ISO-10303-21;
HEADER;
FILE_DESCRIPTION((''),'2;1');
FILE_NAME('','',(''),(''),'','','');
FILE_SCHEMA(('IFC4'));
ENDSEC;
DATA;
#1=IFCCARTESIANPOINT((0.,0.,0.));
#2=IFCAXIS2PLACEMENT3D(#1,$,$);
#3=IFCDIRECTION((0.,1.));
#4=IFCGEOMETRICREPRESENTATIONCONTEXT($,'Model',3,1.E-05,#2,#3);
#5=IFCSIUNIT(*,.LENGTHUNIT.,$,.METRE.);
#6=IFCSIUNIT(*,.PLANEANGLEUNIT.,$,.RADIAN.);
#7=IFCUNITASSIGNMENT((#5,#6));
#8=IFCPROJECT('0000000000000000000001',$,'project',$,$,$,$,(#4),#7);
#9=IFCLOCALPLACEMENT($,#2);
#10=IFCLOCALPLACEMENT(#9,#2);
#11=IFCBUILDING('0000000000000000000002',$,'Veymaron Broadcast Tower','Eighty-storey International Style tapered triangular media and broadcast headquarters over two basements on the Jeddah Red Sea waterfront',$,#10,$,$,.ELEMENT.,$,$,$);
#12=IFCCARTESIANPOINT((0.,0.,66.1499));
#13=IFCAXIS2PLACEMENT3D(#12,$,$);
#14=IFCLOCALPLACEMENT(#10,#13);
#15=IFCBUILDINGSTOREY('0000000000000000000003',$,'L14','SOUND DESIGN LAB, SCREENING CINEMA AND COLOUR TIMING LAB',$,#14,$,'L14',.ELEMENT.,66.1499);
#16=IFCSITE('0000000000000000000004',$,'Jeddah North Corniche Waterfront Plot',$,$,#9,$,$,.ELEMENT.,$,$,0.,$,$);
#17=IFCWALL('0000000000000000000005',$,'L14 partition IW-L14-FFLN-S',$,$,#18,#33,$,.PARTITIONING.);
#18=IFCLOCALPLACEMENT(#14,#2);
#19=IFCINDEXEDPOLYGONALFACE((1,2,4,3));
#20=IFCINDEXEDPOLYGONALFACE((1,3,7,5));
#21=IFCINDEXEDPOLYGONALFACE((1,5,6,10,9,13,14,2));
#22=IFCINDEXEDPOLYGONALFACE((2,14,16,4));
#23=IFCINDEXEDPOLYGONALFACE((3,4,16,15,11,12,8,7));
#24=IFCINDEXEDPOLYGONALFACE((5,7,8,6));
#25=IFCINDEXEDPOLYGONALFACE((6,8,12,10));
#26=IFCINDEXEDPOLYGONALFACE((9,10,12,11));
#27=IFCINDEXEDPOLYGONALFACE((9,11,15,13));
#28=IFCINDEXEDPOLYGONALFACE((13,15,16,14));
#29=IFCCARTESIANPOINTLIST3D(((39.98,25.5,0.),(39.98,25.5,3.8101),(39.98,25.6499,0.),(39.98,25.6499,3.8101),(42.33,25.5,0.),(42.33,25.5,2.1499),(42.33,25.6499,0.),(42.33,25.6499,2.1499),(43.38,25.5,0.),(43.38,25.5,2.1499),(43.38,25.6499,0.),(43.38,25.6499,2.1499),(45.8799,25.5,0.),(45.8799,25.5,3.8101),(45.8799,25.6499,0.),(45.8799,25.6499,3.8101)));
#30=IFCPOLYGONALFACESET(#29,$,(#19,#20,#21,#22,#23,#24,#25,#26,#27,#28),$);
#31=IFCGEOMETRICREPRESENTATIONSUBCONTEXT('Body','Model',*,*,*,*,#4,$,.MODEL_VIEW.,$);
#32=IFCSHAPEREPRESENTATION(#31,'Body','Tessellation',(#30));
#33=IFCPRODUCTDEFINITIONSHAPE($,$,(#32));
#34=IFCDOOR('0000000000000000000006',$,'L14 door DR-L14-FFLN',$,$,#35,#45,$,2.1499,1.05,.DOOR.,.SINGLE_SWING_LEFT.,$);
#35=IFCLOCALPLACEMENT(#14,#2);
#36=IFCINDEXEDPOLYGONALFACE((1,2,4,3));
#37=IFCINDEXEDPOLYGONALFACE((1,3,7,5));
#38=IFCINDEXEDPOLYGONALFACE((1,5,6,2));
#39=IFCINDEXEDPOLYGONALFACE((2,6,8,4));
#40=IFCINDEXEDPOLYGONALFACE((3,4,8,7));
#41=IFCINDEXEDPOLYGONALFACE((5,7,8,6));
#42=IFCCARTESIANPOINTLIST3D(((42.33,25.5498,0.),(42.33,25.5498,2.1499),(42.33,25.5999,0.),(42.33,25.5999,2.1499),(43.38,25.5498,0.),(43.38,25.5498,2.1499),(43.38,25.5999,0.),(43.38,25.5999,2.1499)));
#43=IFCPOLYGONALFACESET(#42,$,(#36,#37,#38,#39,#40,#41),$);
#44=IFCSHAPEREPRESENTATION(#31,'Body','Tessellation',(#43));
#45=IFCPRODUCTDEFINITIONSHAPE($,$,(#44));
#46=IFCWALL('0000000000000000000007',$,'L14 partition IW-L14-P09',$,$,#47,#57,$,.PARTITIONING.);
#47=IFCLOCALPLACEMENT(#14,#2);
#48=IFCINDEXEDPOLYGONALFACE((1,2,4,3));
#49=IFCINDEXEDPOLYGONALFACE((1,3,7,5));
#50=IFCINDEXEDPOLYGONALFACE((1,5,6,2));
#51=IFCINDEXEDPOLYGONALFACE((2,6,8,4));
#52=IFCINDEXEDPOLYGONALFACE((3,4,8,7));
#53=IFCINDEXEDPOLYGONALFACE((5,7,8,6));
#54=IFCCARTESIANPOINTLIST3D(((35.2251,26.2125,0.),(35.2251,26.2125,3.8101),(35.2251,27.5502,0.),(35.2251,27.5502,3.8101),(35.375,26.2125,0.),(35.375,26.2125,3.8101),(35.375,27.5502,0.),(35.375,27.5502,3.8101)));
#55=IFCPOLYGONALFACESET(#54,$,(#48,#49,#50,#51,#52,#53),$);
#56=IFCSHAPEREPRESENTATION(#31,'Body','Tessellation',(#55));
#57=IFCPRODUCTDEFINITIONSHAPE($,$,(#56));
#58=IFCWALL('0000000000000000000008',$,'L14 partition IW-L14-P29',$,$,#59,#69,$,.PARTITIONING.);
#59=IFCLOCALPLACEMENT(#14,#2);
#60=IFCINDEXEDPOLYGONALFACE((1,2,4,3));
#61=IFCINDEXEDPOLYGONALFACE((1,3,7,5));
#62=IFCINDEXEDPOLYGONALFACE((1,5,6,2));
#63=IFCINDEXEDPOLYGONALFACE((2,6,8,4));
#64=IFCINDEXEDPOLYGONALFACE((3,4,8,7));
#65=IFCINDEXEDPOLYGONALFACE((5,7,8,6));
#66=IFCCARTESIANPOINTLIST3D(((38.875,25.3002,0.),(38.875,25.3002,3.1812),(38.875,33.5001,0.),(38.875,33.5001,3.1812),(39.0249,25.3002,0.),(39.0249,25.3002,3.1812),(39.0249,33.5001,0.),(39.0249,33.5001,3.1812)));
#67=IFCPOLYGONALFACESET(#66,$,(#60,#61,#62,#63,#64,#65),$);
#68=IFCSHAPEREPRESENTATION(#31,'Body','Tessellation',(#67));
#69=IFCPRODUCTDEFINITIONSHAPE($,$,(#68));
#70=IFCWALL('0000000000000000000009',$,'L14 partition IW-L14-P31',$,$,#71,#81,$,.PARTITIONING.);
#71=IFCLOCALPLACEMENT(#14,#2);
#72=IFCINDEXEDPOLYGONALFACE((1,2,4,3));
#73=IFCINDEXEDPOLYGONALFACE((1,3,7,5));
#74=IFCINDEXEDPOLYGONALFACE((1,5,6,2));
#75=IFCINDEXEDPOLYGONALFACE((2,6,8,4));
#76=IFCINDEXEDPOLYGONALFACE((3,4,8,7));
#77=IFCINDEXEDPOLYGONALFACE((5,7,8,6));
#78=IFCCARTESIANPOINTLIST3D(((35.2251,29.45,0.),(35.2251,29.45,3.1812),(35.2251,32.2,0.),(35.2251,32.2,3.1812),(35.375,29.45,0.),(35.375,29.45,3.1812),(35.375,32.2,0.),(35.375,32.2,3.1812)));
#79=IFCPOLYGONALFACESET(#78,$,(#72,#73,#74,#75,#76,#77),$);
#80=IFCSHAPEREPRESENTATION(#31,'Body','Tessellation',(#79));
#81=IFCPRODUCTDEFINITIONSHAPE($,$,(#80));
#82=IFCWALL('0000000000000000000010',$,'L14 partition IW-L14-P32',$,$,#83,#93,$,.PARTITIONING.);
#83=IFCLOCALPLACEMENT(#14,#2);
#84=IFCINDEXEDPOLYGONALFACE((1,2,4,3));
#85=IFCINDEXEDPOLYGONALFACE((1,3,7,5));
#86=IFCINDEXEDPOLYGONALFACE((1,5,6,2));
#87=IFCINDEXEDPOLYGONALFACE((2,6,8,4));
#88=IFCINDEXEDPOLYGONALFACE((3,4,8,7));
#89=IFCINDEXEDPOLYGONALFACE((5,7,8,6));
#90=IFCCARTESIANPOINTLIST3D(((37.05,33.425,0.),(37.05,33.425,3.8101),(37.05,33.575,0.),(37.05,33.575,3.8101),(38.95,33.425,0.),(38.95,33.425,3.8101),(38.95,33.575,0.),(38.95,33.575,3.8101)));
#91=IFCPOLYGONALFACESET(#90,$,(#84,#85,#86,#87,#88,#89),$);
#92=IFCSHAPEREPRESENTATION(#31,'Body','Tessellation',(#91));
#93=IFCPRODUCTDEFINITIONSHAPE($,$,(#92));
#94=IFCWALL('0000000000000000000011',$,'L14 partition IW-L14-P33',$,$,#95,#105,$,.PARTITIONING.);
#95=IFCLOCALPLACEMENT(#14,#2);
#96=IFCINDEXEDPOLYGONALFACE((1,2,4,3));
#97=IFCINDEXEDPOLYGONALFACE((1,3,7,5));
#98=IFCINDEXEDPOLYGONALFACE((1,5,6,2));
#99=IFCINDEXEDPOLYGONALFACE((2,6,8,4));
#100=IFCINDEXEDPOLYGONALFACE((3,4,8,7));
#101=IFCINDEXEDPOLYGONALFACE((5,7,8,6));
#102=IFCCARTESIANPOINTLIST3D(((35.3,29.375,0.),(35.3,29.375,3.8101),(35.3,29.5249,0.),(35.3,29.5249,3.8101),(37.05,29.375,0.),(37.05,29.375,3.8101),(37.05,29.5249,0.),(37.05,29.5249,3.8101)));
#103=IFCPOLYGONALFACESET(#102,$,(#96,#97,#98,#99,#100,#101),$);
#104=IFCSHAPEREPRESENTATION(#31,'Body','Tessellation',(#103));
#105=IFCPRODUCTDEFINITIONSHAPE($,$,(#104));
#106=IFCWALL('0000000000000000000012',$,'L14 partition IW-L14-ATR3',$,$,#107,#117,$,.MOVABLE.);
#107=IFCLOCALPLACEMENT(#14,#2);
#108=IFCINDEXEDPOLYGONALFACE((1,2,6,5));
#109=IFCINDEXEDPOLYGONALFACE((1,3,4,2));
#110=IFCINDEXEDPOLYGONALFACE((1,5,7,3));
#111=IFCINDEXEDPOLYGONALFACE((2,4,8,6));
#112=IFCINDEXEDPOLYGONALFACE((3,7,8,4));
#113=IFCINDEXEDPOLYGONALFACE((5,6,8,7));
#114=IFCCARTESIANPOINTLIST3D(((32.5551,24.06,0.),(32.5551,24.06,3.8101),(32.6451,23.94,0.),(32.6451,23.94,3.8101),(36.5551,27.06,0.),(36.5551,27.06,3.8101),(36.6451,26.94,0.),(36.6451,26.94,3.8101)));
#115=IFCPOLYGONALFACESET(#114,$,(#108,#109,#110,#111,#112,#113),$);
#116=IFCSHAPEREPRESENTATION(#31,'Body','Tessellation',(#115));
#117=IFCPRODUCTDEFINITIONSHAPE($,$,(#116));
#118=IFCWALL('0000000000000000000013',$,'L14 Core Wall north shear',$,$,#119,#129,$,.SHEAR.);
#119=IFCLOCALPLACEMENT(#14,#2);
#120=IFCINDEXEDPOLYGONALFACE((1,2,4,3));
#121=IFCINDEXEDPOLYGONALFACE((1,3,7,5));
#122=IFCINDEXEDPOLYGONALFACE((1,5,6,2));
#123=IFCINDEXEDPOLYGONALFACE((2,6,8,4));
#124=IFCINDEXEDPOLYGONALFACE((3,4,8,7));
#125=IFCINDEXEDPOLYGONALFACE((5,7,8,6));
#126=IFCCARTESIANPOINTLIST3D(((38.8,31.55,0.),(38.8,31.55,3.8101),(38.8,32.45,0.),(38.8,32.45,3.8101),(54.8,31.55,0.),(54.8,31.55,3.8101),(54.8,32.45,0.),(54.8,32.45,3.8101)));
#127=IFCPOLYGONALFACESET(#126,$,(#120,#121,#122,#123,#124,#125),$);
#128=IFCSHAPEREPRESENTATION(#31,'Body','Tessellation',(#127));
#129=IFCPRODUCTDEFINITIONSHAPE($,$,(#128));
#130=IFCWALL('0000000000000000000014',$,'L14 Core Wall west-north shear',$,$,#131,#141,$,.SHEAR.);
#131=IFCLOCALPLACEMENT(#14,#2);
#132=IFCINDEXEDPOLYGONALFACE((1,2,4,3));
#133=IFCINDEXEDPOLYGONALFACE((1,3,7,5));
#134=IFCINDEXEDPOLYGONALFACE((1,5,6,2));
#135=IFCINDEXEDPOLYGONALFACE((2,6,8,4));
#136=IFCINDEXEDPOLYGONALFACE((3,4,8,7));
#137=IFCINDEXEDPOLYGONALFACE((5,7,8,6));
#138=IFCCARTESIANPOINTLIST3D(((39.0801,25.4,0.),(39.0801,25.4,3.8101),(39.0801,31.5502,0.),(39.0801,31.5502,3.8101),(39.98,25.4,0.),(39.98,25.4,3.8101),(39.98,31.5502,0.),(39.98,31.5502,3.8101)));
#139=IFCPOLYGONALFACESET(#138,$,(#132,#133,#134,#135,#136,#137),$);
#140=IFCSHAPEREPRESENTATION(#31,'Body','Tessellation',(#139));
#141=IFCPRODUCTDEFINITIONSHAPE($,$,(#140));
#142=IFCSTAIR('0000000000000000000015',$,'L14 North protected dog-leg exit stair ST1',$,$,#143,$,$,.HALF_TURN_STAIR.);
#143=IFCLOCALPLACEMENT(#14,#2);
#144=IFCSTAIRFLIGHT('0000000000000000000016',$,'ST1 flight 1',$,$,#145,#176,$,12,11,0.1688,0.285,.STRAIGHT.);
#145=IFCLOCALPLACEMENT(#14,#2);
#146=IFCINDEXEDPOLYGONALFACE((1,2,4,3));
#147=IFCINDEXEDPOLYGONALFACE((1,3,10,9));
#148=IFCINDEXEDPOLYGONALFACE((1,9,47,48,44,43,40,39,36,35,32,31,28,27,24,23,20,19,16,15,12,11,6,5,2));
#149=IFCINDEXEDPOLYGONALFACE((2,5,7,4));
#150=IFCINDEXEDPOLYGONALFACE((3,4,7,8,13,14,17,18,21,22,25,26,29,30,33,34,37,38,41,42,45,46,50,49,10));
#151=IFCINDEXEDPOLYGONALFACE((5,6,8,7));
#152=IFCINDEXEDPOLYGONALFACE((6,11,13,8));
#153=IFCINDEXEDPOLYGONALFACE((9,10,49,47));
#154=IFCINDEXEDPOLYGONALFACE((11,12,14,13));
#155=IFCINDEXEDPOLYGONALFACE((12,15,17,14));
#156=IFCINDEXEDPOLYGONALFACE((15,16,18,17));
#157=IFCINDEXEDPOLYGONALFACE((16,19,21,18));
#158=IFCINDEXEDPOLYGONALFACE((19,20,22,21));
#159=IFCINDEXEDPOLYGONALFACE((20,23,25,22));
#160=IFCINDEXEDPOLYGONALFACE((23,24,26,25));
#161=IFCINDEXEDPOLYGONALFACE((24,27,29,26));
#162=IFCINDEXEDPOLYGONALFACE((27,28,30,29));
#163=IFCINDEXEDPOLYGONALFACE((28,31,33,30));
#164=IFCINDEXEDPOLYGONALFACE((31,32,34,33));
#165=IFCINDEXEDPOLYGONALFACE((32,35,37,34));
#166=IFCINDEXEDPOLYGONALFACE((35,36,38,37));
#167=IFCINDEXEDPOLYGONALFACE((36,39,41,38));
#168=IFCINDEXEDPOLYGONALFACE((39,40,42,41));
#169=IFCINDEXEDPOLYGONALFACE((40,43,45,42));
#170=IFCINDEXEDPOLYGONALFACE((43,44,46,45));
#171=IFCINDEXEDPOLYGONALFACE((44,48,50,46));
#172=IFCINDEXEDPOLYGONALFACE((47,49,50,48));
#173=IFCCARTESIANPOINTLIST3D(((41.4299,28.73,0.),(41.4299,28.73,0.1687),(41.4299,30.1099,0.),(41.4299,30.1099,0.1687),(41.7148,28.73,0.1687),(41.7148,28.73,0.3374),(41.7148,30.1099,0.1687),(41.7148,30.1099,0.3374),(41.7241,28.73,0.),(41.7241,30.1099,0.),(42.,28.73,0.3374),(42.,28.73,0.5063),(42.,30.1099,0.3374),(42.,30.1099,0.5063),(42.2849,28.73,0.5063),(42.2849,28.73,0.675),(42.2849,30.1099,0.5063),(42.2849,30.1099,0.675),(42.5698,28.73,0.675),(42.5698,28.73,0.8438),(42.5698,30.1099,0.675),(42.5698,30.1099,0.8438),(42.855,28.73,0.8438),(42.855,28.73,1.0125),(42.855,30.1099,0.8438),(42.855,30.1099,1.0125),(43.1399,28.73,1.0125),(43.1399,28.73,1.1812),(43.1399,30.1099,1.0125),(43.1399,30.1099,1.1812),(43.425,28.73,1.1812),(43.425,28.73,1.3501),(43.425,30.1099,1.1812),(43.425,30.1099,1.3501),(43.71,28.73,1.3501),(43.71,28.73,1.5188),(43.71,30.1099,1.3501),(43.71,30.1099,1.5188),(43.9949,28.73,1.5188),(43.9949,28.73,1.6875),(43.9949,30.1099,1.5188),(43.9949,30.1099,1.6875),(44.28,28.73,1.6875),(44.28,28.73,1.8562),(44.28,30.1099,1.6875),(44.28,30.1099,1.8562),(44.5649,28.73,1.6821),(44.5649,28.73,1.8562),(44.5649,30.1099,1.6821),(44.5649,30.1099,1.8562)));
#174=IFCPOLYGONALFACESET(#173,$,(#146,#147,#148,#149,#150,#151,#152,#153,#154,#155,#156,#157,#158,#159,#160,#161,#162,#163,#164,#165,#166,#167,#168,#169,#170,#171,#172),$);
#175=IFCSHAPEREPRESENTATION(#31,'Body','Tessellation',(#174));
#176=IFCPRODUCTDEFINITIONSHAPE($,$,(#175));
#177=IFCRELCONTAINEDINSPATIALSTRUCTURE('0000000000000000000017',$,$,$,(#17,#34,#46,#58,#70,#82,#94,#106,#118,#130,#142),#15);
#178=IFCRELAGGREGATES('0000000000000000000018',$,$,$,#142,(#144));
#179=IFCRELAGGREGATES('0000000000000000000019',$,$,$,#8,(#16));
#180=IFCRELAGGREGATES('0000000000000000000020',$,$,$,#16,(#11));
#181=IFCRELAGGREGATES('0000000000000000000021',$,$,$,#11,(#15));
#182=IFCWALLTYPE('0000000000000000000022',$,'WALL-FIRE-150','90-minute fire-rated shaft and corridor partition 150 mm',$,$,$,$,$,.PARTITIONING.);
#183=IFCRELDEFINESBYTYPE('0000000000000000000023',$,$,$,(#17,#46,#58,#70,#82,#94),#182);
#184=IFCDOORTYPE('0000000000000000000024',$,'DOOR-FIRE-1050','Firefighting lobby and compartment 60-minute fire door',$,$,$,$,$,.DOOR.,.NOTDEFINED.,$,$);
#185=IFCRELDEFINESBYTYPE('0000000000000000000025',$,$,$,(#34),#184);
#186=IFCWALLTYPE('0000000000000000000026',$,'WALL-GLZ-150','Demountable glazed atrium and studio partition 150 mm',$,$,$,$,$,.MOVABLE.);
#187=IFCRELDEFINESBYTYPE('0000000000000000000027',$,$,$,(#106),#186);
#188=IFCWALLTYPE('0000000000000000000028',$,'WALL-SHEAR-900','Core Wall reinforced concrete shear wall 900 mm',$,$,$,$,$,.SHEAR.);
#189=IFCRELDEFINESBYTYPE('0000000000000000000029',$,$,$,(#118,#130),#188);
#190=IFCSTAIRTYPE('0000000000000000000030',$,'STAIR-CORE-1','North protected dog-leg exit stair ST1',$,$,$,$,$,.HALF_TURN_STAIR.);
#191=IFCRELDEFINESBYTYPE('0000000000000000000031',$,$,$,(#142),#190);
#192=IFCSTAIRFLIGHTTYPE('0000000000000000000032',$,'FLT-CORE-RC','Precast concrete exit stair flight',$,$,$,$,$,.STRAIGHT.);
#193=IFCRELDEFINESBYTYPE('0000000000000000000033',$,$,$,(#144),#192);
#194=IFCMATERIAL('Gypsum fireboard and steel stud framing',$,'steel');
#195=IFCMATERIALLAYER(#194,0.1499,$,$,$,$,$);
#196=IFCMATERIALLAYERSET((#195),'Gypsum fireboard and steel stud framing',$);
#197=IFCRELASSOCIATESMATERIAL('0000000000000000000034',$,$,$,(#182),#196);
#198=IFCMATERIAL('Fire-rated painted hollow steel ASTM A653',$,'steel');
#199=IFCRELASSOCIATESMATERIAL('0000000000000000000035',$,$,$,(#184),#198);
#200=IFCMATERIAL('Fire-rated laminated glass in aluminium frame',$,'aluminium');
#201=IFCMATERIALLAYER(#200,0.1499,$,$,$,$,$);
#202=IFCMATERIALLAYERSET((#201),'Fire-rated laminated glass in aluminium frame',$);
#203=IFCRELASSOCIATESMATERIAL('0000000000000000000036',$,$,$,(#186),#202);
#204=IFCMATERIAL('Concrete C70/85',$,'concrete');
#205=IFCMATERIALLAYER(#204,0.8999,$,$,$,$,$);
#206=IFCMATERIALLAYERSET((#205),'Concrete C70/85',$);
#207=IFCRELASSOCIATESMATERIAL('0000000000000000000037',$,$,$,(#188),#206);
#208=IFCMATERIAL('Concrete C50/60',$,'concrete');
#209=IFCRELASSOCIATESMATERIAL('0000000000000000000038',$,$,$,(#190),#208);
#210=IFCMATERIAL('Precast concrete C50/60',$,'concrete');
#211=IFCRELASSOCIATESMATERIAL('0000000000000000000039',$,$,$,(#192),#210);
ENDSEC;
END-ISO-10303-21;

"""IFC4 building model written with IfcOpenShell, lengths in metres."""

from ifc_helpers import new_model, si_unit, direction, frame, frame_2d, origin, place, context, subcontext, project, spatial, polyline, rectangle, outline, extrude, material, layer, layer_set, type_object, element, fill, aggregate, save


model = new_model("IFC4")

# Units and contexts
model_context = context("Model", 3, precision=1e-05, world=origin(), true_north=direction((0.0, 1.0)))
body_context = subcontext(model_context, "Body", "Model", "MODEL_VIEW")
ifc_project = project(units=[si_unit("LENGTHUNIT", "METRE"), si_unit("PLANEANGLEUNIT", "RADIAN")], contexts=[model_context])

# Site, building, storey
site_placement = place(None, origin())
site = spatial("IfcSite", under=ifc_project, at=site_placement, Name="Jeddah North Corniche Waterfront Plot", CompositionType="ELEMENT", RefElevation=0.0)
building_placement = place(site_placement, origin())
building = spatial("IfcBuilding", under=site, at=building_placement, Name="Veymaron Broadcast Tower", Description="Eighty-storey International Style tapered triangular media and broadcast headquarters over two basements on the Jeddah Red Sea waterfront", CompositionType="ELEMENT")
storey_placement = place(building_placement, frame((0.0, 0.0, 66.1499)))
storey = spatial("IfcBuildingStorey", under=building, at=storey_placement, Name="L14", Description="SOUND DESIGN LAB, SCREENING CINEMA AND COLOUR TIMING LAB", LongName="L14", CompositionType="ELEMENT", Elevation=66.1499)

# Wall, opening, door
ifc_material_1 = material(Name="Gypsum fireboard and steel stud framing", Category="steel")
ifc_layer_1 = layer(ifc_material_1, 0.1499)
ifc_layer_set_1 = layer_set([ifc_layer_1], Name="Gypsum fireboard and steel stud framing")
wall_type_1 = type_object("IfcWallType", Name="WALL-FIRE-150", Description="90-minute fire-rated shaft and corridor partition 150 mm", PredefinedType="PARTITIONING", material=ifc_layer_set_1)
wall_1_placement = place(storey_placement, frame((39.98, 25.575, 0.0), z_axis=(0.0, 0.0, 1.0), x_axis=(1.0, 0.0, 0.0)))
wall_1 = element("IfcWall", 1, at=wall_1_placement, inside=storey, type_object=wall_type_1, Name="L14 partition IW-L14-FFLN-S", PredefinedType="PARTITIONING", context=body_context, shape_type="SweptSolid", body=[
    extrude(rectangle(XDim=5.8999, YDim=0.1499, at=frame_2d((2.95, 0.0))), origin(), (0.0, 0.0, 1.0), 3.8101),
])
opening_1_placement = place(wall_1_placement, frame((2.3501, 0.0, 0.0)))
opening_1 = element("IfcOpeningElement", 2, at=opening_1_placement, cuts=wall_1, PredefinedType="OPENING", context=body_context, shape_type="SweptSolid", body=[
    extrude(rectangle(XDim=1.05, YDim=2.1499, at=frame_2d((0.5249, 1.075))), frame((0.0, 0.085, 0.0), z_axis=(0.0, -1.0, 0.0), x_axis=(1.0, 0.0, 0.0)), (0.0, 0.0, 1.0), 0.1699),
])
ifc_material_2 = material(Name="Fire-rated painted hollow steel ASTM A653", Category="steel")
door_type_1 = type_object("IfcDoorType", Name="DOOR-FIRE-1050", Description="Firefighting lobby and compartment 60-minute fire door", OperationType="NOTDEFINED", PredefinedType="DOOR", material=ifc_material_2)
door_1_placement = place(opening_1_placement, origin())
door_1 = element("IfcDoor", 3, at=door_1_placement, inside=storey, type_object=door_type_1, Name="L14 door DR-L14-FFLN", OperationType="SINGLE_SWING_LEFT", OverallHeight=2.1499, OverallWidth=1.05, PredefinedType="DOOR", context=body_context, shape_type="SweptSolid", body=[
    extrude(rectangle(XDim=1.05, YDim=2.1499, at=frame_2d((0.5249, 1.075))), frame((0.0, 0.0249, 0.0), z_axis=(0.0, -1.0, 0.0), x_axis=(1.0, 0.0, 0.0)), (0.0, 0.0, 1.0), 0.05),
])
fill(opening_1, door_1)

# Walls
wall_2_placement = place(storey_placement, frame((35.3, 26.2124, 0.0), z_axis=(0.0, 0.0, 1.0), x_axis=(0.0, 1.0, 0.0)))
element("IfcWall", 4, at=wall_2_placement, inside=storey, type_object=wall_type_1, Name="L14 partition IW-L14-P09", PredefinedType="PARTITIONING", context=body_context, shape_type="SweptSolid", body=[
    extrude(rectangle(XDim=1.3376, YDim=0.1499, at=frame_2d((0.6689, 0.0))), origin(), (0.0, 0.0, 1.0), 3.8101),
])
wall_3_placement = place(storey_placement, frame((38.95, 25.3, 0.0), z_axis=(0.0, 0.0, 1.0), x_axis=(0.0, 1.0, 0.0)))
element("IfcWall", 5, at=wall_3_placement, inside=storey, type_object=wall_type_1, Name="L14 partition IW-L14-P29", PredefinedType="PARTITIONING", context=body_context, shape_type="SweptSolid", body=[
    extrude(rectangle(XDim=8.2, YDim=0.1499, at=frame_2d((4.1001, 0.0))), origin(), (0.0, 0.0, 1.0), 3.1812),
])
wall_4_placement = place(storey_placement, frame((35.3, 29.45, 0.0), z_axis=(0.0, 0.0, 1.0), x_axis=(0.0, 1.0, 0.0)))
element("IfcWall", 6, at=wall_4_placement, inside=storey, type_object=wall_type_1, Name="L14 partition IW-L14-P31", PredefinedType="PARTITIONING", context=body_context, shape_type="SweptSolid", body=[
    extrude(rectangle(XDim=2.75, YDim=0.1499, at=frame_2d((1.375, 0.0))), origin(), (0.0, 0.0, 1.0), 3.1812),
])
wall_5_placement = place(storey_placement, frame((37.05, 33.5, 0.0), z_axis=(0.0, 0.0, 1.0), x_axis=(1.0, 0.0, 0.0)))
element("IfcWall", 7, at=wall_5_placement, inside=storey, type_object=wall_type_1, Name="L14 partition IW-L14-P32", PredefinedType="PARTITIONING", context=body_context, shape_type="SweptSolid", body=[
    extrude(rectangle(XDim=1.8999, YDim=0.1499, at=frame_2d((0.95, 0.0))), origin(), (0.0, 0.0, 1.0), 3.8101),
])
wall_6_placement = place(storey_placement, frame((35.3, 29.45, 0.0), z_axis=(0.0, 0.0, 1.0), x_axis=(1.0, 0.0, 0.0)))
element("IfcWall", 8, at=wall_6_placement, inside=storey, type_object=wall_type_1, Name="L14 partition IW-L14-P33", PredefinedType="PARTITIONING", context=body_context, shape_type="SweptSolid", body=[
    extrude(rectangle(XDim=1.75, YDim=0.1499, at=frame_2d((0.875, 0.0))), origin(), (0.0, 0.0, 1.0), 3.8101),
])
ifc_material_3 = material(Name="Fire-rated laminated glass in aluminium frame", Category="aluminium")
ifc_layer_2 = layer(ifc_material_3, 0.1499)
ifc_layer_set_2 = layer_set([ifc_layer_2], Name="Fire-rated laminated glass in aluminium frame")
wall_type_2 = type_object("IfcWallType", Name="WALL-GLZ-150", Description="Demountable glazed atrium and studio partition 150 mm", PredefinedType="MOVABLE", material=ifc_layer_set_2)
wall_7_placement = place(storey_placement, frame((36.6001, 27.0, 0.0), z_axis=(0.0, 0.0, 1.0), x_axis=(-0.8, -0.6, 0.0)))
element("IfcWall", 9, at=wall_7_placement, inside=storey, type_object=wall_type_2, Name="L14 partition IW-L14-ATR3", PredefinedType="MOVABLE", context=body_context, shape_type="SweptSolid", body=[
    extrude(rectangle(XDim=5.0, YDim=0.1499, at=frame_2d((2.5, 0.0))), origin(), (0.0, 0.0, 1.0), 3.8101),
])

# Shared definitions
ifc_material_4 = material(Name="Concrete C50/60", Category="concrete")

# Walls
ifc_material_5 = material(Name="Concrete C70/85", Category="concrete")
ifc_layer_3 = layer(ifc_material_5, 0.8999)
ifc_layer_set_3 = layer_set([ifc_layer_3], Name="Concrete C70/85")
wall_type_3 = type_object("IfcWallType", Name="WALL-SHEAR-900", Description="Core Wall reinforced concrete shear wall 900 mm", PredefinedType="SHEAR", material=ifc_layer_set_3)
wall_8_placement = place(storey_placement, frame((38.8, 32.0, 0.0), z_axis=(0.0, 0.0, 1.0), x_axis=(1.0, 0.0, 0.0)))
element("IfcWall", 10, at=wall_8_placement, inside=storey, type_object=wall_type_3, Name="L14 Core Wall north shear", PredefinedType="SHEAR", context=body_context, shape_type="SweptSolid", body=[
    extrude(rectangle(XDim=16.0, YDim=0.8999, at=frame_2d((8.0, 0.0))), origin(), (0.0, 0.0, 1.0), 3.8101),
])
wall_9_placement = place(storey_placement, frame((39.53, 25.3999, 0.0), z_axis=(0.0, 0.0, 1.0), x_axis=(0.0, 1.0, 0.0)))
element("IfcWall", 11, at=wall_9_placement, inside=storey, type_object=wall_type_3, Name="L14 Core Wall west-north shear", PredefinedType="SHEAR", context=body_context, shape_type="SweptSolid", body=[
    extrude(rectangle(XDim=6.1501, YDim=0.8999, at=frame_2d((3.0752, 0.0))), origin(), (0.0, 0.0, 1.0), 3.8101),
])

# Stair, stair flight
stair_type = type_object("IfcStairType", Name="STAIR-CORE-1", Description="North protected dog-leg exit stair ST1", PredefinedType="HALF_TURN_STAIR", material=ifc_material_4)
stair_placement = place(storey_placement, origin())
stair = element("IfcStair", 12, at=stair_placement, inside=storey, type_object=stair_type, Name="L14 North protected dog-leg exit stair ST1", PredefinedType="HALF_TURN_STAIR")
ifc_material_6 = material(Name="Precast concrete C50/60", Category="concrete")
stair_flight_type = type_object("IfcStairFlightType", Name="FLT-CORE-RC", Description="Precast concrete exit stair flight", PredefinedType="STRAIGHT", material=ifc_material_6)
stair_flight_1_placement = place(storey_placement, frame((41.4299, 29.4199, 0.0), z_axis=(0.0, 0.0, 1.0), x_axis=(1.0, 0.0, 0.0)))
stair_flight_1 = element("IfcStairFlight", 13, at=stair_flight_1_placement, type_object=stair_flight_type, Name="ST1 flight 1", NumberOfRisers=12, NumberOfTreads=11, PredefinedType="STRAIGHT", RiserHeight=0.1688, TreadLength=0.285, context=body_context, shape_type="SweptSolid", body=[
    extrude(outline(polyline([(0.0, 0.0), (0.0, 0.1687), (0.2849, 0.1687), (0.2849, 0.3374), (0.5701, 0.3374), (0.5701, 0.5063), (0.855, 0.5063), (0.855, 0.675), (1.1399, 0.675), (1.1399, 0.8438), (1.425, 0.8438), (1.425, 1.0125), (1.71, 1.0125), (1.71, 1.1812), (1.9951, 1.1812), (1.9951, 1.3501), (2.28, 1.3501), (2.28, 1.5188), (2.5649, 1.5188), (2.5649, 1.6875), (2.8501, 1.6875), (2.8501, 1.8562), (3.135, 1.8562), (3.135, 2.0249), (3.135, 1.6821), (0.2942, 0.0), (0.0, 0.0)])), frame((0.0, 0.6899, 0.0), z_axis=(0.0, -1.0, 0.0), x_axis=(1.0, 0.0, 0.0)), (0.0, 0.0, 1.0), 1.3799),
])
aggregate(stair, [stair_flight_1])

save(model, "model.ifc")
